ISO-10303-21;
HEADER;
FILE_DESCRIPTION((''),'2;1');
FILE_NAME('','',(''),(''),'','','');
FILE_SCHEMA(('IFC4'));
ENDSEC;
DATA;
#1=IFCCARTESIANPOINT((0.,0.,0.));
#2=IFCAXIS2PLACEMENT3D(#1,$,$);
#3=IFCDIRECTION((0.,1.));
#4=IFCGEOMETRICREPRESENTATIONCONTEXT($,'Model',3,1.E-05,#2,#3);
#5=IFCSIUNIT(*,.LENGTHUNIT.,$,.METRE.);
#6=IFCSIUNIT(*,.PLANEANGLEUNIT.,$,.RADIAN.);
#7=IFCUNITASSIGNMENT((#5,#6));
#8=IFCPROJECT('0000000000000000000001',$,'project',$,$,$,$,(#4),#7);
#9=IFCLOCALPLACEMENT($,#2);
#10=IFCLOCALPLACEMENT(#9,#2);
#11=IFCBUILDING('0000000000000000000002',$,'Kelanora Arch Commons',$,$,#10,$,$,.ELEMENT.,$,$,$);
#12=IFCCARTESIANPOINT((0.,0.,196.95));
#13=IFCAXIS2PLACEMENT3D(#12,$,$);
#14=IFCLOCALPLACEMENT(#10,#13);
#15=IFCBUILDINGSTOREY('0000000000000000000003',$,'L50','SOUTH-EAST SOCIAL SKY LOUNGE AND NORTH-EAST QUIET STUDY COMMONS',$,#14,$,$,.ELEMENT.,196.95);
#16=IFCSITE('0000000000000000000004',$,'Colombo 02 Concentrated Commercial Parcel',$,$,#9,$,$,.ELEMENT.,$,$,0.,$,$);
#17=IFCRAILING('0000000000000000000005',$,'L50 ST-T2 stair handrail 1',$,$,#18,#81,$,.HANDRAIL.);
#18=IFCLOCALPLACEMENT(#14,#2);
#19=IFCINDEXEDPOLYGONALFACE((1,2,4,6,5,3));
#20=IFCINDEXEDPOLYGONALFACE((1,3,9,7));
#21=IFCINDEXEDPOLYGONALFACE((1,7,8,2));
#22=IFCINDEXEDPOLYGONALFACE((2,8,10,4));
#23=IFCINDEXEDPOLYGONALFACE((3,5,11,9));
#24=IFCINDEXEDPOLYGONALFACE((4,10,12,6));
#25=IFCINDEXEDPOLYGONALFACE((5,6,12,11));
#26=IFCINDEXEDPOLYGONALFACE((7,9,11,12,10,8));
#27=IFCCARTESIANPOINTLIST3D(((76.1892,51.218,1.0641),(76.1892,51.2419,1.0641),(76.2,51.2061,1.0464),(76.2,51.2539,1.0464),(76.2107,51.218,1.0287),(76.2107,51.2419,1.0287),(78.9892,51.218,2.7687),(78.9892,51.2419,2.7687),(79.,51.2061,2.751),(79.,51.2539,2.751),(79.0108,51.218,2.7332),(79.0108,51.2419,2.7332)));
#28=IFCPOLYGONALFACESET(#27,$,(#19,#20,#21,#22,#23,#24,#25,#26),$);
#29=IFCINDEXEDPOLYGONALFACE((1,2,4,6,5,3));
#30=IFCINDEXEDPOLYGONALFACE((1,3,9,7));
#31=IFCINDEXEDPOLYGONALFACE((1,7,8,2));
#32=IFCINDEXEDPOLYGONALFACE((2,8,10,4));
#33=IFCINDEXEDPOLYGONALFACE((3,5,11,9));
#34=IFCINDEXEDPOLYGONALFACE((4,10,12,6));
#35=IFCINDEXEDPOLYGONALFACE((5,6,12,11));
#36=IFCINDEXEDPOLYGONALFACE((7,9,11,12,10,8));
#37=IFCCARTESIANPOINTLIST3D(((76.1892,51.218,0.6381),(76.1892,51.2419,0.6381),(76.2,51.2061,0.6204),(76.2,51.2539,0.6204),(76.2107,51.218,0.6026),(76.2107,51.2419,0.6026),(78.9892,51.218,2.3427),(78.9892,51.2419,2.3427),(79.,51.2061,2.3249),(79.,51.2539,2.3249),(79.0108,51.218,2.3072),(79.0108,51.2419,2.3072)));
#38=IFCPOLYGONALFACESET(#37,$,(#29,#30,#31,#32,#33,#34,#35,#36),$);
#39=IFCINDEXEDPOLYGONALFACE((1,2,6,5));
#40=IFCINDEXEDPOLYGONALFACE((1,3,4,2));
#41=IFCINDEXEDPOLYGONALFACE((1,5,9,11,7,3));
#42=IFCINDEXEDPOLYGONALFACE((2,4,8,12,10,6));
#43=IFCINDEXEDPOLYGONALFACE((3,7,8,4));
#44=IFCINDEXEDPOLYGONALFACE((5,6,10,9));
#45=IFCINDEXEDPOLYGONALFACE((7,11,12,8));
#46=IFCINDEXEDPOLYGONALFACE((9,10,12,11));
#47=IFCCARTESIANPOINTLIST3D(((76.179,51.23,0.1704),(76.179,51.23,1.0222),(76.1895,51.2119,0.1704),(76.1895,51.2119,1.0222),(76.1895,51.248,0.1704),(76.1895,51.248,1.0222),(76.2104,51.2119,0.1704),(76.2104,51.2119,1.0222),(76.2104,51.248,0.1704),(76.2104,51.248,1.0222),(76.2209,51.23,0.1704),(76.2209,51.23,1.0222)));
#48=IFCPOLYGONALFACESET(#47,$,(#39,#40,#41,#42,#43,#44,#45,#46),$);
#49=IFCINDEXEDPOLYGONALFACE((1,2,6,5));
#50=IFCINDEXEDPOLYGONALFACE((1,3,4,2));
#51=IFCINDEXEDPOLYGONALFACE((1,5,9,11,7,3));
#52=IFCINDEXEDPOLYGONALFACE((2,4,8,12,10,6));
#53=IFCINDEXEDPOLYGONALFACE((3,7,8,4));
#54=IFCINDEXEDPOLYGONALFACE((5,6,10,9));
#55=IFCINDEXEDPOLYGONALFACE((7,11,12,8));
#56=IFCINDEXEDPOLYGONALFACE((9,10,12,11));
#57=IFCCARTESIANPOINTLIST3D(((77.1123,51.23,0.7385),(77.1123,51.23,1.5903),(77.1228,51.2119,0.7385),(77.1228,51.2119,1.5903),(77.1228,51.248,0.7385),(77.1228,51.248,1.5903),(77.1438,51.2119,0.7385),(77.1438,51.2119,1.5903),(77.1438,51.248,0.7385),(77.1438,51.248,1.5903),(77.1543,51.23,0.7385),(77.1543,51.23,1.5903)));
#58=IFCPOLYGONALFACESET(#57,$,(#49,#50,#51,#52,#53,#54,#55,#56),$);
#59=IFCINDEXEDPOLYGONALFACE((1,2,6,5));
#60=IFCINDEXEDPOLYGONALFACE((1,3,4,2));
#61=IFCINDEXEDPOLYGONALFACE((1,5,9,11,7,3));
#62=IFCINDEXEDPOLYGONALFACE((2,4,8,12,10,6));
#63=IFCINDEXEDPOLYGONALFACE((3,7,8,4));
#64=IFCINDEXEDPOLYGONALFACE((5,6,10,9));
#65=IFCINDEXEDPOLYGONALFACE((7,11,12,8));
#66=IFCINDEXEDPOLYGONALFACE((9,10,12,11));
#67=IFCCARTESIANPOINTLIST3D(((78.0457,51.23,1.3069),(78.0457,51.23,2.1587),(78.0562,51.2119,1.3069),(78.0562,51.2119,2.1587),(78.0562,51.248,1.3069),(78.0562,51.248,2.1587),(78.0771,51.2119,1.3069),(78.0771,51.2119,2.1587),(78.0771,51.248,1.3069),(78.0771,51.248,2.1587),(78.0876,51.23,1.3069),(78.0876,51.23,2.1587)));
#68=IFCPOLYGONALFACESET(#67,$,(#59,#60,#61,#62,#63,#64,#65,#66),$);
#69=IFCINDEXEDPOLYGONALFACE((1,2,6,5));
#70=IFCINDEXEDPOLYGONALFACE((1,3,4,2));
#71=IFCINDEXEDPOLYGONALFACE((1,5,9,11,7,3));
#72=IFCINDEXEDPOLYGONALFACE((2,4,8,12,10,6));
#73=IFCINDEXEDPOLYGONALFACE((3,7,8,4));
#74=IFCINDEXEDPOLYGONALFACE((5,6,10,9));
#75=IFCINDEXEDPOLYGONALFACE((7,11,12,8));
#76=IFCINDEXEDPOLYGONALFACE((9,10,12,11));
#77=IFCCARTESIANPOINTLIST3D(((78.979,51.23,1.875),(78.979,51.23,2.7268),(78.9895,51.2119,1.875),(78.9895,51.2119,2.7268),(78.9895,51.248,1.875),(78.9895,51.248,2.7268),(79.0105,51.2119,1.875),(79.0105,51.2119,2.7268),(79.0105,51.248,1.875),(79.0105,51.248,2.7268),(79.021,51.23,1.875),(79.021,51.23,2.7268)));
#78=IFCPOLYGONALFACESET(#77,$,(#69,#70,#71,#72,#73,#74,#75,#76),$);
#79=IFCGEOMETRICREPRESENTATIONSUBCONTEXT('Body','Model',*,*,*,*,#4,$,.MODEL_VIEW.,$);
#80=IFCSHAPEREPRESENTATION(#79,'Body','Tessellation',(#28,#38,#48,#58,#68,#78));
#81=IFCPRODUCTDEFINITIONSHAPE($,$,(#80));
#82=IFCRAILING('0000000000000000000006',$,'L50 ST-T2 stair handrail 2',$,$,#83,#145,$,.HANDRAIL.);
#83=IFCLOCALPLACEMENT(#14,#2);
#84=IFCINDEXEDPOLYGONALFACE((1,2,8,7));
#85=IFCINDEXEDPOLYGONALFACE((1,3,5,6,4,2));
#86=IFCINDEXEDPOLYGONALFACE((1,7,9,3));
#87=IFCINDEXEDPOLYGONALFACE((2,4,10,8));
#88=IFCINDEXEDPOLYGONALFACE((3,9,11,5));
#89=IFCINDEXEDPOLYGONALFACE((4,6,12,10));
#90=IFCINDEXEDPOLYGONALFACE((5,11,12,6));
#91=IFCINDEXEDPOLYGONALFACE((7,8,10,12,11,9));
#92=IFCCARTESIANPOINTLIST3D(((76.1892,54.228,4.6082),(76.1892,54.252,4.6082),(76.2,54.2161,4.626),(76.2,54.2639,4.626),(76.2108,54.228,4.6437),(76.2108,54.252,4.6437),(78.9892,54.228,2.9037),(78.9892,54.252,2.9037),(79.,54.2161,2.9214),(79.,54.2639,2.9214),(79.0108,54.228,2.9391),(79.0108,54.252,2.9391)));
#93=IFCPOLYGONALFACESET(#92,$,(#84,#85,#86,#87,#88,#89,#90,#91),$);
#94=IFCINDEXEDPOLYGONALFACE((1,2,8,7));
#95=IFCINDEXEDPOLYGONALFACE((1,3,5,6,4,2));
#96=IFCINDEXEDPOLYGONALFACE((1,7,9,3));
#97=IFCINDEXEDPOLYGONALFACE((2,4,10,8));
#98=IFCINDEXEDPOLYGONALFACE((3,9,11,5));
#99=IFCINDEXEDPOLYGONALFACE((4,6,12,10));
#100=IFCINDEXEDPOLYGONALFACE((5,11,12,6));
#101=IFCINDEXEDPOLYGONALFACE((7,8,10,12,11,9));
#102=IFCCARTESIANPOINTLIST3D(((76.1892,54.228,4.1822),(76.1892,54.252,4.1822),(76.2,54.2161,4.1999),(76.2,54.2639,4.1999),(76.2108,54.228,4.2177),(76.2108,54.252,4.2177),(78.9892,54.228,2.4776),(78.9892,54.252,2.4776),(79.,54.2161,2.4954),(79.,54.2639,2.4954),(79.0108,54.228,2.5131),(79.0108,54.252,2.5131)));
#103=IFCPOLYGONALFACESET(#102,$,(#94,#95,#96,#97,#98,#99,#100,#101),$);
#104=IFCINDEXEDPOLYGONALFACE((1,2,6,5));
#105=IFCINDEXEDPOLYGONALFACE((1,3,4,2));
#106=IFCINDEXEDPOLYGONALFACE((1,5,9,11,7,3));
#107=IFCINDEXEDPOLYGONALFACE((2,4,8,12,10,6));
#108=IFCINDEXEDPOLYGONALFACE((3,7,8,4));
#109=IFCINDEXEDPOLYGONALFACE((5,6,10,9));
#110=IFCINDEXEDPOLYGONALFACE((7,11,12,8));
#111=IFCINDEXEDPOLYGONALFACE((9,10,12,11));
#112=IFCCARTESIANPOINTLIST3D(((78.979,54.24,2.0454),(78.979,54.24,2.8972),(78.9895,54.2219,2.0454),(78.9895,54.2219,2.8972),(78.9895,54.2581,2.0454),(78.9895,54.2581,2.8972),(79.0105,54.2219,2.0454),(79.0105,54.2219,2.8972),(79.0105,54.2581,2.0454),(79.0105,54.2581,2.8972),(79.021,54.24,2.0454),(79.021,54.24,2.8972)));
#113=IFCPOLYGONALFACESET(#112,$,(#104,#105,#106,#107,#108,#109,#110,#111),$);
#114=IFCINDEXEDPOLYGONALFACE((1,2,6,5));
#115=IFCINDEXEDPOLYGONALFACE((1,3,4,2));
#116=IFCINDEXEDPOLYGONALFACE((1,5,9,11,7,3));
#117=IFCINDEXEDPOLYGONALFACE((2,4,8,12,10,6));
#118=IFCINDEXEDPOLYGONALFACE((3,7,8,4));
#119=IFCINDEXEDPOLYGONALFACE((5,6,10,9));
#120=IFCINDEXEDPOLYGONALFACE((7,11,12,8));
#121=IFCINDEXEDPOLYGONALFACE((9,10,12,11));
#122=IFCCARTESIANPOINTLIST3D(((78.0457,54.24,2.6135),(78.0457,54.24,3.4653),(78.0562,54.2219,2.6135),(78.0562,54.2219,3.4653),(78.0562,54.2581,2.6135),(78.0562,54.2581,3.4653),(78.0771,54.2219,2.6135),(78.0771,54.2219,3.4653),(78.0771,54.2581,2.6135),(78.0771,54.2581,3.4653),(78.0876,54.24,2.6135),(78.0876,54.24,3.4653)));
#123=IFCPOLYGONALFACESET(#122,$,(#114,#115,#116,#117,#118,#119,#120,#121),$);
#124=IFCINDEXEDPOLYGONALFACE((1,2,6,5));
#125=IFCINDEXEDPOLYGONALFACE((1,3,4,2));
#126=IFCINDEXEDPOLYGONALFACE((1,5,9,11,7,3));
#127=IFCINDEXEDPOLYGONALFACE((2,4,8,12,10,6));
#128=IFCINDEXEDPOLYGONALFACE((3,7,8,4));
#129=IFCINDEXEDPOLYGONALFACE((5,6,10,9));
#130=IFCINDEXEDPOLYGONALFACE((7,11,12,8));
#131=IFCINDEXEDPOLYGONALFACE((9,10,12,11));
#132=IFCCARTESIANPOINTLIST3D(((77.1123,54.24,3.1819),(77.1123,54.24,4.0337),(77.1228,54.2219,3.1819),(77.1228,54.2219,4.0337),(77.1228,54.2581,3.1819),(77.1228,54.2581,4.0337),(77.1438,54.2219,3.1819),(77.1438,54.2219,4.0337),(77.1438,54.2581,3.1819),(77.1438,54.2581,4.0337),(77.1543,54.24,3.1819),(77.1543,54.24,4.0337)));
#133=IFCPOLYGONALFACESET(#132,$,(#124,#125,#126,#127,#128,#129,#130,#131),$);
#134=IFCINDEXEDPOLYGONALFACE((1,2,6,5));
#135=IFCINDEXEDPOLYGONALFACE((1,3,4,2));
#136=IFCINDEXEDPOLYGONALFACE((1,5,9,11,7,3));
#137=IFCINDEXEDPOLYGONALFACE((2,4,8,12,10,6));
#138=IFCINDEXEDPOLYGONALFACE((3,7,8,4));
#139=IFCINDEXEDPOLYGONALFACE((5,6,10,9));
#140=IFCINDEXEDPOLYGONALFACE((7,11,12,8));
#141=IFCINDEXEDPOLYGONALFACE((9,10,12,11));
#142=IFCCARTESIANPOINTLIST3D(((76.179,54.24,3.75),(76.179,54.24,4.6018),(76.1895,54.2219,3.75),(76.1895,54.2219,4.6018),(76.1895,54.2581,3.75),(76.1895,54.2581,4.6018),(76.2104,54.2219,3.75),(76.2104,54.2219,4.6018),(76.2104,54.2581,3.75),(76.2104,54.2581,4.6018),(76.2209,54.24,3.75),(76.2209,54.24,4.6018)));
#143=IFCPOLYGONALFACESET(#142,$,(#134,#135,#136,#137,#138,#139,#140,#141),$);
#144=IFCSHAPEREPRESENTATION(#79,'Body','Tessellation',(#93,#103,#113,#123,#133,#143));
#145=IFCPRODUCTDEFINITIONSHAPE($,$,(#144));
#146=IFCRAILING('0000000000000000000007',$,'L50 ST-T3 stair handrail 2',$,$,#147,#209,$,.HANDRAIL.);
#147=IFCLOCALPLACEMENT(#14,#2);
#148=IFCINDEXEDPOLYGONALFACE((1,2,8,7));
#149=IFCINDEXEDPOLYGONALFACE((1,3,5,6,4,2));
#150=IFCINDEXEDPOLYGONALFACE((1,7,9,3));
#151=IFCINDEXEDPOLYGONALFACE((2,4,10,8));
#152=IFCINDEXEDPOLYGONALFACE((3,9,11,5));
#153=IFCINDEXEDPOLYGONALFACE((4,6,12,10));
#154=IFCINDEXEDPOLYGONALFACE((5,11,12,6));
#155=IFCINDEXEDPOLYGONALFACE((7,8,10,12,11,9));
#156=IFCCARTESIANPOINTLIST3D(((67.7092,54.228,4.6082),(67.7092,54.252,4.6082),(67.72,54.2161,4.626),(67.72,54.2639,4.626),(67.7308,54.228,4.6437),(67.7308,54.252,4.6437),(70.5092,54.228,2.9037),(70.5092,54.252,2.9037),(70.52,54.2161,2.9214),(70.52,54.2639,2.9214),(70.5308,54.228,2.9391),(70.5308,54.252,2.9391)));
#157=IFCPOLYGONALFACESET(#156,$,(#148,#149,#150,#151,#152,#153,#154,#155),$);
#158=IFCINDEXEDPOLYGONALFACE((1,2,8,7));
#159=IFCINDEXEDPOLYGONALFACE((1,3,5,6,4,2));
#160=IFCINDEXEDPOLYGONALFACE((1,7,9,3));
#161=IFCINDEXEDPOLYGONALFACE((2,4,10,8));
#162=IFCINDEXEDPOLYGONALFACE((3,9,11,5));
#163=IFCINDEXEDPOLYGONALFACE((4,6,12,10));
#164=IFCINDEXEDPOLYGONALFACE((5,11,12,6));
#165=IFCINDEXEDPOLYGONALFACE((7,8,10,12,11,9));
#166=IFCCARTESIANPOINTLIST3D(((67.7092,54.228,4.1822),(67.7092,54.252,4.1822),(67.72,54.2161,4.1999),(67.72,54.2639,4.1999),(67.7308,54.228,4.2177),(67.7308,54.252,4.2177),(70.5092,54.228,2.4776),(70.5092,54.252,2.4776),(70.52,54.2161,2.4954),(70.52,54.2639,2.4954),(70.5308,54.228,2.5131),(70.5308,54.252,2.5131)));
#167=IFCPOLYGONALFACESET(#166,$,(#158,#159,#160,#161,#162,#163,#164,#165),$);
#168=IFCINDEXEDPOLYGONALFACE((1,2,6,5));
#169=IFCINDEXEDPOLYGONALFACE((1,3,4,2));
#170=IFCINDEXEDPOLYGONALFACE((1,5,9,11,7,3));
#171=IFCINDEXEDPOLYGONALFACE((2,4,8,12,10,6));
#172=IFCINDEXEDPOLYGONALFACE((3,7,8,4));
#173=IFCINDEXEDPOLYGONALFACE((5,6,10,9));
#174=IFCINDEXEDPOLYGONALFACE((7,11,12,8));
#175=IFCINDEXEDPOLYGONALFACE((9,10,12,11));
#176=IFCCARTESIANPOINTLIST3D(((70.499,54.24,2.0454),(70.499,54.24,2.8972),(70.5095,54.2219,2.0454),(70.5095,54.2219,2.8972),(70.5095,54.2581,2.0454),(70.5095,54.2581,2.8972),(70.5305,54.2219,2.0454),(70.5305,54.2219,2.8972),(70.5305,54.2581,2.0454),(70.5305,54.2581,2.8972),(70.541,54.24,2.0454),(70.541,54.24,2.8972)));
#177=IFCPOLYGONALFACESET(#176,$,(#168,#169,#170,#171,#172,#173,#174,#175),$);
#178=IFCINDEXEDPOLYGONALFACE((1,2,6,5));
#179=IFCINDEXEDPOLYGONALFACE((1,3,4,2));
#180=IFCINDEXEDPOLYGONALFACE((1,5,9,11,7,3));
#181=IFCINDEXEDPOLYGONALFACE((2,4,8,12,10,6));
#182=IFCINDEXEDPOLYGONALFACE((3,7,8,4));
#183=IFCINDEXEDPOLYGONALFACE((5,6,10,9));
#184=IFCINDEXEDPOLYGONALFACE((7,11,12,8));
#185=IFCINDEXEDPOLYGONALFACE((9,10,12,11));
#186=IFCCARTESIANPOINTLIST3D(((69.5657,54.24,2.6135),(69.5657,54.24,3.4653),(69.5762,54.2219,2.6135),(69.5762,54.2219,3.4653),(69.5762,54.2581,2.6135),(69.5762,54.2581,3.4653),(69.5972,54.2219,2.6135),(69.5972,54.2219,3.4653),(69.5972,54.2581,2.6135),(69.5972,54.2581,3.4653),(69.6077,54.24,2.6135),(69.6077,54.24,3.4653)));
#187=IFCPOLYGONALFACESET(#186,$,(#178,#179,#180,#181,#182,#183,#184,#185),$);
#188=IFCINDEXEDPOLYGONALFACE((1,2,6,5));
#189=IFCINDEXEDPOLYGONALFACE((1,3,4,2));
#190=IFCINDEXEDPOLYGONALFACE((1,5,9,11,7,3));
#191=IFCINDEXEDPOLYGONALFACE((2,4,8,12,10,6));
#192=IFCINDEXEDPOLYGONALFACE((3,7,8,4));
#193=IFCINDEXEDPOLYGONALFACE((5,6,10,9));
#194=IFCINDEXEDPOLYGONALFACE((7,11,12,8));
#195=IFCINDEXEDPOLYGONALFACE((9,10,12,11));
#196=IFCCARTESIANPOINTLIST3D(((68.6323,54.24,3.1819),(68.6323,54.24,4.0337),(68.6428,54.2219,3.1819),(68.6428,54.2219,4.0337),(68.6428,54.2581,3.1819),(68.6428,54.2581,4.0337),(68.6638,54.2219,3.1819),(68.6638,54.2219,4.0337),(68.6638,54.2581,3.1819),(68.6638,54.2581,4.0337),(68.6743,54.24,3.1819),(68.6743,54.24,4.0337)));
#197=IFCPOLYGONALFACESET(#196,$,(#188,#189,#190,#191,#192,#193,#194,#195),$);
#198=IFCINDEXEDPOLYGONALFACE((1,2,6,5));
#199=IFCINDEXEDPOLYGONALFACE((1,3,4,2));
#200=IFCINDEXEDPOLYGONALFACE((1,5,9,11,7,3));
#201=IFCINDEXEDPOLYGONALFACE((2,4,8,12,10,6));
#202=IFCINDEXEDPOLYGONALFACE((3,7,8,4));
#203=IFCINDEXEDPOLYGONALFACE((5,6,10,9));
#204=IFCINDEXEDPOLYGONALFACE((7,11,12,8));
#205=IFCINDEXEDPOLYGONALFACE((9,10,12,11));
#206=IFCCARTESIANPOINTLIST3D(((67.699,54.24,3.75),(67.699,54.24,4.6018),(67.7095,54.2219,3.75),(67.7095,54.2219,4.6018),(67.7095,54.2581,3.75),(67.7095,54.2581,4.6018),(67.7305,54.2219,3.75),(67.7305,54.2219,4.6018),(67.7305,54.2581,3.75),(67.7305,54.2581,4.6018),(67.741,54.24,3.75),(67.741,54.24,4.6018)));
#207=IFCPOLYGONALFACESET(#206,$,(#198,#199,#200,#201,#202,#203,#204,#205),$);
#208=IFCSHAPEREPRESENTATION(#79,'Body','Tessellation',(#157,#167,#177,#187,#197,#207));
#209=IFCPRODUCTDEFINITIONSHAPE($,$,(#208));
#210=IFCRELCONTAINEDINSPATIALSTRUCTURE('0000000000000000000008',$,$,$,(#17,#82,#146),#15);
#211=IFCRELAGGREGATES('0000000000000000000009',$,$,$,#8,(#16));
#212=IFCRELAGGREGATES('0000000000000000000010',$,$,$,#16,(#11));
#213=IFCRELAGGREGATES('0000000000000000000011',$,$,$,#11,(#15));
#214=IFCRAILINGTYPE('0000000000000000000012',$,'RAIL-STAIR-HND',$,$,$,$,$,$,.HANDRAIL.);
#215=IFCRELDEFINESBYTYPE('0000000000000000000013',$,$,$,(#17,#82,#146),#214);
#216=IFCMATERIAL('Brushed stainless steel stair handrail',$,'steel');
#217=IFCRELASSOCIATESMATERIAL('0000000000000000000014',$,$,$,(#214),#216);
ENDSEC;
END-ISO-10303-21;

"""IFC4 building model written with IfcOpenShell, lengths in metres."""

from ifc_helpers import new_model, si_unit, direction, frame, origin, place, context, subcontext, project, spatial, polyline, outline, extrude, material, type_object, element, save


model = new_model("IFC4")

# Units and contexts
model_context = context("Model", 3, precision=1e-05, world=origin(), true_north=direction((0.0, 1.0)))
body_context = subcontext(model_context, "Body", "Model", "MODEL_VIEW")
ifc_project = project(units=[si_unit("LENGTHUNIT", "METRE"), si_unit("PLANEANGLEUNIT", "RADIAN")], contexts=[model_context])

# Site, building, storey
site_placement = place(None, origin())
site = spatial("IfcSite", under=ifc_project, at=site_placement, Name="Colombo 02 Concentrated Commercial Parcel", CompositionType="ELEMENT", RefElevation=0.0)
building_placement = place(site_placement, origin())
building = spatial("IfcBuilding", under=site, at=building_placement, Name="Kelanora Arch Commons", CompositionType="ELEMENT")
storey_placement = place(building_placement, frame((0.0, 0.0, 196.95)))
storey = spatial("IfcBuildingStorey", under=building, at=storey_placement, Name="L50", Description="SOUTH-EAST SOCIAL SKY LOUNGE AND NORTH-EAST QUIET STUDY COMMONS", CompositionType="ELEMENT", Elevation=196.95)

# Railings
ifc_material_1 = material(Name="Brushed stainless steel stair handrail", Category="steel")
railing_type_1 = type_object("IfcRailingType", Name="RAIL-STAIR-HND", PredefinedType="HANDRAIL", material=ifc_material_1)
railing_1_placement = place(storey_placement, frame((76.2, 51.23, 0.1704)))
element("IfcRailing", 1, at=railing_1_placement, inside=storey, type_object=railing_type_1, Name="L50 ST-T2 stair handrail 1", PredefinedType="HANDRAIL", context=body_context, shape_type="SweptSolid", body=[
    extrude(outline(polyline([(0.0239, 0.0), (0.012, 0.0208), (-0.012, 0.0208), (-0.0239, 0.0), (-0.012, -0.0208), (0.012, -0.0208), (0.0239, 0.0)])), frame((0.0, 0.0, 0.876), z_axis=(0.85417, 0.0, 0.519994), x_axis=(0.0, 1.0, 0.0)), (0.0, 0.0, 1.0), 3.2781),
    extrude(outline(polyline([(0.0239, 0.0), (0.012, 0.0208), (-0.012, 0.0208), (-0.0239, 0.0), (-0.012, -0.0208), (0.012, -0.0208), (0.0239, 0.0)])), frame((0.0, 0.0, 0.45), z_axis=(0.85417, 0.0, 0.519994), x_axis=(0.0, 1.0, 0.0)), (0.0, 0.0, 1.0), 3.2781),
    extrude(outline(polyline([(0.021, 0.0), (0.0105, 0.0181), (-0.0105, 0.0181), (-0.021, 0.0), (-0.0105, -0.0181), (0.0105, -0.0181), (0.021, 0.0)])), origin(), (0.0, 0.0, 1.0), 0.8518),
    extrude(outline(polyline([(0.021, 0.0), (0.0105, 0.0181), (-0.0105, 0.0181), (-0.021, 0.0), (-0.0105, -0.0181), (0.0105, -0.0181), (0.021, 0.0)])), frame((0.9333, 0.0, 0.5681)), (0.0, 0.0, 1.0), 0.8518),
    extrude(outline(polyline([(0.021, 0.0), (0.0105, 0.0181), (-0.0105, 0.0181), (-0.021, 0.0), (-0.0105, -0.0181), (0.0105, -0.0181), (0.021, 0.0)])), frame((1.8667, 0.0, 1.1365)), (0.0, 0.0, 1.0), 0.8518),
    extrude(outline(polyline([(0.021, 0.0), (0.0105, 0.0181), (-0.0105, 0.0181), (-0.021, 0.0), (-0.0105, -0.0181), (0.0105, -0.0181), (0.021, 0.0)])), frame((2.8, 0.0, 1.7046)), (0.0, 0.0, 1.0), 0.8518),
])
railing_2_placement = place(storey_placement, frame((79.0, 54.24, 2.0454)))
element("IfcRailing", 2, at=railing_2_placement, inside=storey, type_object=railing_type_1, Name="L50 ST-T2 stair handrail 2", PredefinedType="HANDRAIL", context=body_context, shape_type="SweptSolid", body=[
    extrude(outline(polyline([(0.0239, 0.0), (0.012, 0.0208), (-0.012, 0.0208), (-0.0239, 0.0), (-0.012, -0.0208), (0.012, -0.0208), (0.0239, 0.0)])), frame((0.0, 0.0, 0.876), z_axis=(-0.85417, 0.0, 0.519994), x_axis=(0.0, -1.0, 0.0)), (0.0, 0.0, 1.0), 3.2781),
    extrude(outline(polyline([(0.0239, 0.0), (0.012, 0.0208), (-0.012, 0.0208), (-0.0239, 0.0), (-0.012, -0.0208), (0.012, -0.0208), (0.0239, 0.0)])), frame((0.0, 0.0, 0.45), z_axis=(-0.85417, 0.0, 0.519994), x_axis=(0.0, -1.0, 0.0)), (0.0, 0.0, 1.0), 3.2781),
    extrude(outline(polyline([(0.021, 0.0), (0.0105, 0.0181), (-0.0105, 0.0181), (-0.021, 0.0), (-0.0105, -0.0181), (0.0105, -0.0181), (0.021, 0.0)])), origin(), (0.0, 0.0, 1.0), 0.8518),
    extrude(outline(polyline([(0.021, 0.0), (0.0105, 0.0181), (-0.0105, 0.0181), (-0.021, 0.0), (-0.0105, -0.0181), (0.0105, -0.0181), (0.021, 0.0)])), frame((-0.9333, 0.0, 0.5681)), (0.0, 0.0, 1.0), 0.8518),
    extrude(outline(polyline([(0.021, 0.0), (0.0105, 0.0181), (-0.0105, 0.0181), (-0.021, 0.0), (-0.0105, -0.0181), (0.0105, -0.0181), (0.021, 0.0)])), frame((-1.8667, 0.0, 1.1365)), (0.0, 0.0, 1.0), 0.8518),
    extrude(outline(polyline([(0.021, 0.0), (0.0105, 0.0181), (-0.0105, 0.0181), (-0.021, 0.0), (-0.0105, -0.0181), (0.0105, -0.0181), (0.021, 0.0)])), frame((-2.8, 0.0, 1.7046)), (0.0, 0.0, 1.0), 0.8518),
])
railing_3_placement = place(storey_placement, frame((70.52, 54.24, 2.0454)))
element("IfcRailing", 3, at=railing_3_placement, inside=storey, type_object=railing_type_1, Name="L50 ST-T3 stair handrail 2", PredefinedType="HANDRAIL", context=body_context, shape_type="SweptSolid", body=[
    extrude(outline(polyline([(0.0239, 0.0), (0.012, 0.0208), (-0.012, 0.0208), (-0.0239, 0.0), (-0.012, -0.0208), (0.012, -0.0208), (0.0239, 0.0)])), frame((0.0, 0.0, 0.876), z_axis=(-0.85417, 0.0, 0.519994), x_axis=(0.0, -1.0, 0.0)), (0.0, 0.0, 1.0), 3.2781),
    extrude(outline(polyline([(0.0239, 0.0), (0.012, 0.0208), (-0.012, 0.0208), (-0.0239, 0.0), (-0.012, -0.0208), (0.012, -0.0208), (0.0239, 0.0)])), frame((0.0, 0.0, 0.45), z_axis=(-0.85417, 0.0, 0.519994), x_axis=(0.0, -1.0, 0.0)), (0.0, 0.0, 1.0), 3.2781),
    extrude(outline(polyline([(0.021, 0.0), (0.0105, 0.0181), (-0.0105, 0.0181), (-0.021, 0.0), (-0.0105, -0.0181), (0.0105, -0.0181), (0.021, 0.0)])), origin(), (0.0, 0.0, 1.0), 0.8518),
    extrude(outline(polyline([(0.021, 0.0), (0.0105, 0.0181), (-0.0105, 0.0181), (-0.021, 0.0), (-0.0105, -0.0181), (0.0105, -0.0181), (0.021, 0.0)])), frame((-0.9333, 0.0, 0.5681)), (0.0, 0.0, 1.0), 0.8518),
    extrude(outline(polyline([(0.021, 0.0), (0.0105, 0.0181), (-0.0105, 0.0181), (-0.021, 0.0), (-0.0105, -0.0181), (0.0105, -0.0181), (0.021, 0.0)])), frame((-1.8667, 0.0, 1.1365)), (0.0, 0.0, 1.0), 0.8518),
    extrude(outline(polyline([(0.021, 0.0), (0.0105, 0.0181), (-0.0105, 0.0181), (-0.021, 0.0), (-0.0105, -0.0181), (0.0105, -0.0181), (0.021, 0.0)])), frame((-2.8, 0.0, 1.7046)), (0.0, 0.0, 1.0), 0.8518),
])

save(model, "model.ifc")
